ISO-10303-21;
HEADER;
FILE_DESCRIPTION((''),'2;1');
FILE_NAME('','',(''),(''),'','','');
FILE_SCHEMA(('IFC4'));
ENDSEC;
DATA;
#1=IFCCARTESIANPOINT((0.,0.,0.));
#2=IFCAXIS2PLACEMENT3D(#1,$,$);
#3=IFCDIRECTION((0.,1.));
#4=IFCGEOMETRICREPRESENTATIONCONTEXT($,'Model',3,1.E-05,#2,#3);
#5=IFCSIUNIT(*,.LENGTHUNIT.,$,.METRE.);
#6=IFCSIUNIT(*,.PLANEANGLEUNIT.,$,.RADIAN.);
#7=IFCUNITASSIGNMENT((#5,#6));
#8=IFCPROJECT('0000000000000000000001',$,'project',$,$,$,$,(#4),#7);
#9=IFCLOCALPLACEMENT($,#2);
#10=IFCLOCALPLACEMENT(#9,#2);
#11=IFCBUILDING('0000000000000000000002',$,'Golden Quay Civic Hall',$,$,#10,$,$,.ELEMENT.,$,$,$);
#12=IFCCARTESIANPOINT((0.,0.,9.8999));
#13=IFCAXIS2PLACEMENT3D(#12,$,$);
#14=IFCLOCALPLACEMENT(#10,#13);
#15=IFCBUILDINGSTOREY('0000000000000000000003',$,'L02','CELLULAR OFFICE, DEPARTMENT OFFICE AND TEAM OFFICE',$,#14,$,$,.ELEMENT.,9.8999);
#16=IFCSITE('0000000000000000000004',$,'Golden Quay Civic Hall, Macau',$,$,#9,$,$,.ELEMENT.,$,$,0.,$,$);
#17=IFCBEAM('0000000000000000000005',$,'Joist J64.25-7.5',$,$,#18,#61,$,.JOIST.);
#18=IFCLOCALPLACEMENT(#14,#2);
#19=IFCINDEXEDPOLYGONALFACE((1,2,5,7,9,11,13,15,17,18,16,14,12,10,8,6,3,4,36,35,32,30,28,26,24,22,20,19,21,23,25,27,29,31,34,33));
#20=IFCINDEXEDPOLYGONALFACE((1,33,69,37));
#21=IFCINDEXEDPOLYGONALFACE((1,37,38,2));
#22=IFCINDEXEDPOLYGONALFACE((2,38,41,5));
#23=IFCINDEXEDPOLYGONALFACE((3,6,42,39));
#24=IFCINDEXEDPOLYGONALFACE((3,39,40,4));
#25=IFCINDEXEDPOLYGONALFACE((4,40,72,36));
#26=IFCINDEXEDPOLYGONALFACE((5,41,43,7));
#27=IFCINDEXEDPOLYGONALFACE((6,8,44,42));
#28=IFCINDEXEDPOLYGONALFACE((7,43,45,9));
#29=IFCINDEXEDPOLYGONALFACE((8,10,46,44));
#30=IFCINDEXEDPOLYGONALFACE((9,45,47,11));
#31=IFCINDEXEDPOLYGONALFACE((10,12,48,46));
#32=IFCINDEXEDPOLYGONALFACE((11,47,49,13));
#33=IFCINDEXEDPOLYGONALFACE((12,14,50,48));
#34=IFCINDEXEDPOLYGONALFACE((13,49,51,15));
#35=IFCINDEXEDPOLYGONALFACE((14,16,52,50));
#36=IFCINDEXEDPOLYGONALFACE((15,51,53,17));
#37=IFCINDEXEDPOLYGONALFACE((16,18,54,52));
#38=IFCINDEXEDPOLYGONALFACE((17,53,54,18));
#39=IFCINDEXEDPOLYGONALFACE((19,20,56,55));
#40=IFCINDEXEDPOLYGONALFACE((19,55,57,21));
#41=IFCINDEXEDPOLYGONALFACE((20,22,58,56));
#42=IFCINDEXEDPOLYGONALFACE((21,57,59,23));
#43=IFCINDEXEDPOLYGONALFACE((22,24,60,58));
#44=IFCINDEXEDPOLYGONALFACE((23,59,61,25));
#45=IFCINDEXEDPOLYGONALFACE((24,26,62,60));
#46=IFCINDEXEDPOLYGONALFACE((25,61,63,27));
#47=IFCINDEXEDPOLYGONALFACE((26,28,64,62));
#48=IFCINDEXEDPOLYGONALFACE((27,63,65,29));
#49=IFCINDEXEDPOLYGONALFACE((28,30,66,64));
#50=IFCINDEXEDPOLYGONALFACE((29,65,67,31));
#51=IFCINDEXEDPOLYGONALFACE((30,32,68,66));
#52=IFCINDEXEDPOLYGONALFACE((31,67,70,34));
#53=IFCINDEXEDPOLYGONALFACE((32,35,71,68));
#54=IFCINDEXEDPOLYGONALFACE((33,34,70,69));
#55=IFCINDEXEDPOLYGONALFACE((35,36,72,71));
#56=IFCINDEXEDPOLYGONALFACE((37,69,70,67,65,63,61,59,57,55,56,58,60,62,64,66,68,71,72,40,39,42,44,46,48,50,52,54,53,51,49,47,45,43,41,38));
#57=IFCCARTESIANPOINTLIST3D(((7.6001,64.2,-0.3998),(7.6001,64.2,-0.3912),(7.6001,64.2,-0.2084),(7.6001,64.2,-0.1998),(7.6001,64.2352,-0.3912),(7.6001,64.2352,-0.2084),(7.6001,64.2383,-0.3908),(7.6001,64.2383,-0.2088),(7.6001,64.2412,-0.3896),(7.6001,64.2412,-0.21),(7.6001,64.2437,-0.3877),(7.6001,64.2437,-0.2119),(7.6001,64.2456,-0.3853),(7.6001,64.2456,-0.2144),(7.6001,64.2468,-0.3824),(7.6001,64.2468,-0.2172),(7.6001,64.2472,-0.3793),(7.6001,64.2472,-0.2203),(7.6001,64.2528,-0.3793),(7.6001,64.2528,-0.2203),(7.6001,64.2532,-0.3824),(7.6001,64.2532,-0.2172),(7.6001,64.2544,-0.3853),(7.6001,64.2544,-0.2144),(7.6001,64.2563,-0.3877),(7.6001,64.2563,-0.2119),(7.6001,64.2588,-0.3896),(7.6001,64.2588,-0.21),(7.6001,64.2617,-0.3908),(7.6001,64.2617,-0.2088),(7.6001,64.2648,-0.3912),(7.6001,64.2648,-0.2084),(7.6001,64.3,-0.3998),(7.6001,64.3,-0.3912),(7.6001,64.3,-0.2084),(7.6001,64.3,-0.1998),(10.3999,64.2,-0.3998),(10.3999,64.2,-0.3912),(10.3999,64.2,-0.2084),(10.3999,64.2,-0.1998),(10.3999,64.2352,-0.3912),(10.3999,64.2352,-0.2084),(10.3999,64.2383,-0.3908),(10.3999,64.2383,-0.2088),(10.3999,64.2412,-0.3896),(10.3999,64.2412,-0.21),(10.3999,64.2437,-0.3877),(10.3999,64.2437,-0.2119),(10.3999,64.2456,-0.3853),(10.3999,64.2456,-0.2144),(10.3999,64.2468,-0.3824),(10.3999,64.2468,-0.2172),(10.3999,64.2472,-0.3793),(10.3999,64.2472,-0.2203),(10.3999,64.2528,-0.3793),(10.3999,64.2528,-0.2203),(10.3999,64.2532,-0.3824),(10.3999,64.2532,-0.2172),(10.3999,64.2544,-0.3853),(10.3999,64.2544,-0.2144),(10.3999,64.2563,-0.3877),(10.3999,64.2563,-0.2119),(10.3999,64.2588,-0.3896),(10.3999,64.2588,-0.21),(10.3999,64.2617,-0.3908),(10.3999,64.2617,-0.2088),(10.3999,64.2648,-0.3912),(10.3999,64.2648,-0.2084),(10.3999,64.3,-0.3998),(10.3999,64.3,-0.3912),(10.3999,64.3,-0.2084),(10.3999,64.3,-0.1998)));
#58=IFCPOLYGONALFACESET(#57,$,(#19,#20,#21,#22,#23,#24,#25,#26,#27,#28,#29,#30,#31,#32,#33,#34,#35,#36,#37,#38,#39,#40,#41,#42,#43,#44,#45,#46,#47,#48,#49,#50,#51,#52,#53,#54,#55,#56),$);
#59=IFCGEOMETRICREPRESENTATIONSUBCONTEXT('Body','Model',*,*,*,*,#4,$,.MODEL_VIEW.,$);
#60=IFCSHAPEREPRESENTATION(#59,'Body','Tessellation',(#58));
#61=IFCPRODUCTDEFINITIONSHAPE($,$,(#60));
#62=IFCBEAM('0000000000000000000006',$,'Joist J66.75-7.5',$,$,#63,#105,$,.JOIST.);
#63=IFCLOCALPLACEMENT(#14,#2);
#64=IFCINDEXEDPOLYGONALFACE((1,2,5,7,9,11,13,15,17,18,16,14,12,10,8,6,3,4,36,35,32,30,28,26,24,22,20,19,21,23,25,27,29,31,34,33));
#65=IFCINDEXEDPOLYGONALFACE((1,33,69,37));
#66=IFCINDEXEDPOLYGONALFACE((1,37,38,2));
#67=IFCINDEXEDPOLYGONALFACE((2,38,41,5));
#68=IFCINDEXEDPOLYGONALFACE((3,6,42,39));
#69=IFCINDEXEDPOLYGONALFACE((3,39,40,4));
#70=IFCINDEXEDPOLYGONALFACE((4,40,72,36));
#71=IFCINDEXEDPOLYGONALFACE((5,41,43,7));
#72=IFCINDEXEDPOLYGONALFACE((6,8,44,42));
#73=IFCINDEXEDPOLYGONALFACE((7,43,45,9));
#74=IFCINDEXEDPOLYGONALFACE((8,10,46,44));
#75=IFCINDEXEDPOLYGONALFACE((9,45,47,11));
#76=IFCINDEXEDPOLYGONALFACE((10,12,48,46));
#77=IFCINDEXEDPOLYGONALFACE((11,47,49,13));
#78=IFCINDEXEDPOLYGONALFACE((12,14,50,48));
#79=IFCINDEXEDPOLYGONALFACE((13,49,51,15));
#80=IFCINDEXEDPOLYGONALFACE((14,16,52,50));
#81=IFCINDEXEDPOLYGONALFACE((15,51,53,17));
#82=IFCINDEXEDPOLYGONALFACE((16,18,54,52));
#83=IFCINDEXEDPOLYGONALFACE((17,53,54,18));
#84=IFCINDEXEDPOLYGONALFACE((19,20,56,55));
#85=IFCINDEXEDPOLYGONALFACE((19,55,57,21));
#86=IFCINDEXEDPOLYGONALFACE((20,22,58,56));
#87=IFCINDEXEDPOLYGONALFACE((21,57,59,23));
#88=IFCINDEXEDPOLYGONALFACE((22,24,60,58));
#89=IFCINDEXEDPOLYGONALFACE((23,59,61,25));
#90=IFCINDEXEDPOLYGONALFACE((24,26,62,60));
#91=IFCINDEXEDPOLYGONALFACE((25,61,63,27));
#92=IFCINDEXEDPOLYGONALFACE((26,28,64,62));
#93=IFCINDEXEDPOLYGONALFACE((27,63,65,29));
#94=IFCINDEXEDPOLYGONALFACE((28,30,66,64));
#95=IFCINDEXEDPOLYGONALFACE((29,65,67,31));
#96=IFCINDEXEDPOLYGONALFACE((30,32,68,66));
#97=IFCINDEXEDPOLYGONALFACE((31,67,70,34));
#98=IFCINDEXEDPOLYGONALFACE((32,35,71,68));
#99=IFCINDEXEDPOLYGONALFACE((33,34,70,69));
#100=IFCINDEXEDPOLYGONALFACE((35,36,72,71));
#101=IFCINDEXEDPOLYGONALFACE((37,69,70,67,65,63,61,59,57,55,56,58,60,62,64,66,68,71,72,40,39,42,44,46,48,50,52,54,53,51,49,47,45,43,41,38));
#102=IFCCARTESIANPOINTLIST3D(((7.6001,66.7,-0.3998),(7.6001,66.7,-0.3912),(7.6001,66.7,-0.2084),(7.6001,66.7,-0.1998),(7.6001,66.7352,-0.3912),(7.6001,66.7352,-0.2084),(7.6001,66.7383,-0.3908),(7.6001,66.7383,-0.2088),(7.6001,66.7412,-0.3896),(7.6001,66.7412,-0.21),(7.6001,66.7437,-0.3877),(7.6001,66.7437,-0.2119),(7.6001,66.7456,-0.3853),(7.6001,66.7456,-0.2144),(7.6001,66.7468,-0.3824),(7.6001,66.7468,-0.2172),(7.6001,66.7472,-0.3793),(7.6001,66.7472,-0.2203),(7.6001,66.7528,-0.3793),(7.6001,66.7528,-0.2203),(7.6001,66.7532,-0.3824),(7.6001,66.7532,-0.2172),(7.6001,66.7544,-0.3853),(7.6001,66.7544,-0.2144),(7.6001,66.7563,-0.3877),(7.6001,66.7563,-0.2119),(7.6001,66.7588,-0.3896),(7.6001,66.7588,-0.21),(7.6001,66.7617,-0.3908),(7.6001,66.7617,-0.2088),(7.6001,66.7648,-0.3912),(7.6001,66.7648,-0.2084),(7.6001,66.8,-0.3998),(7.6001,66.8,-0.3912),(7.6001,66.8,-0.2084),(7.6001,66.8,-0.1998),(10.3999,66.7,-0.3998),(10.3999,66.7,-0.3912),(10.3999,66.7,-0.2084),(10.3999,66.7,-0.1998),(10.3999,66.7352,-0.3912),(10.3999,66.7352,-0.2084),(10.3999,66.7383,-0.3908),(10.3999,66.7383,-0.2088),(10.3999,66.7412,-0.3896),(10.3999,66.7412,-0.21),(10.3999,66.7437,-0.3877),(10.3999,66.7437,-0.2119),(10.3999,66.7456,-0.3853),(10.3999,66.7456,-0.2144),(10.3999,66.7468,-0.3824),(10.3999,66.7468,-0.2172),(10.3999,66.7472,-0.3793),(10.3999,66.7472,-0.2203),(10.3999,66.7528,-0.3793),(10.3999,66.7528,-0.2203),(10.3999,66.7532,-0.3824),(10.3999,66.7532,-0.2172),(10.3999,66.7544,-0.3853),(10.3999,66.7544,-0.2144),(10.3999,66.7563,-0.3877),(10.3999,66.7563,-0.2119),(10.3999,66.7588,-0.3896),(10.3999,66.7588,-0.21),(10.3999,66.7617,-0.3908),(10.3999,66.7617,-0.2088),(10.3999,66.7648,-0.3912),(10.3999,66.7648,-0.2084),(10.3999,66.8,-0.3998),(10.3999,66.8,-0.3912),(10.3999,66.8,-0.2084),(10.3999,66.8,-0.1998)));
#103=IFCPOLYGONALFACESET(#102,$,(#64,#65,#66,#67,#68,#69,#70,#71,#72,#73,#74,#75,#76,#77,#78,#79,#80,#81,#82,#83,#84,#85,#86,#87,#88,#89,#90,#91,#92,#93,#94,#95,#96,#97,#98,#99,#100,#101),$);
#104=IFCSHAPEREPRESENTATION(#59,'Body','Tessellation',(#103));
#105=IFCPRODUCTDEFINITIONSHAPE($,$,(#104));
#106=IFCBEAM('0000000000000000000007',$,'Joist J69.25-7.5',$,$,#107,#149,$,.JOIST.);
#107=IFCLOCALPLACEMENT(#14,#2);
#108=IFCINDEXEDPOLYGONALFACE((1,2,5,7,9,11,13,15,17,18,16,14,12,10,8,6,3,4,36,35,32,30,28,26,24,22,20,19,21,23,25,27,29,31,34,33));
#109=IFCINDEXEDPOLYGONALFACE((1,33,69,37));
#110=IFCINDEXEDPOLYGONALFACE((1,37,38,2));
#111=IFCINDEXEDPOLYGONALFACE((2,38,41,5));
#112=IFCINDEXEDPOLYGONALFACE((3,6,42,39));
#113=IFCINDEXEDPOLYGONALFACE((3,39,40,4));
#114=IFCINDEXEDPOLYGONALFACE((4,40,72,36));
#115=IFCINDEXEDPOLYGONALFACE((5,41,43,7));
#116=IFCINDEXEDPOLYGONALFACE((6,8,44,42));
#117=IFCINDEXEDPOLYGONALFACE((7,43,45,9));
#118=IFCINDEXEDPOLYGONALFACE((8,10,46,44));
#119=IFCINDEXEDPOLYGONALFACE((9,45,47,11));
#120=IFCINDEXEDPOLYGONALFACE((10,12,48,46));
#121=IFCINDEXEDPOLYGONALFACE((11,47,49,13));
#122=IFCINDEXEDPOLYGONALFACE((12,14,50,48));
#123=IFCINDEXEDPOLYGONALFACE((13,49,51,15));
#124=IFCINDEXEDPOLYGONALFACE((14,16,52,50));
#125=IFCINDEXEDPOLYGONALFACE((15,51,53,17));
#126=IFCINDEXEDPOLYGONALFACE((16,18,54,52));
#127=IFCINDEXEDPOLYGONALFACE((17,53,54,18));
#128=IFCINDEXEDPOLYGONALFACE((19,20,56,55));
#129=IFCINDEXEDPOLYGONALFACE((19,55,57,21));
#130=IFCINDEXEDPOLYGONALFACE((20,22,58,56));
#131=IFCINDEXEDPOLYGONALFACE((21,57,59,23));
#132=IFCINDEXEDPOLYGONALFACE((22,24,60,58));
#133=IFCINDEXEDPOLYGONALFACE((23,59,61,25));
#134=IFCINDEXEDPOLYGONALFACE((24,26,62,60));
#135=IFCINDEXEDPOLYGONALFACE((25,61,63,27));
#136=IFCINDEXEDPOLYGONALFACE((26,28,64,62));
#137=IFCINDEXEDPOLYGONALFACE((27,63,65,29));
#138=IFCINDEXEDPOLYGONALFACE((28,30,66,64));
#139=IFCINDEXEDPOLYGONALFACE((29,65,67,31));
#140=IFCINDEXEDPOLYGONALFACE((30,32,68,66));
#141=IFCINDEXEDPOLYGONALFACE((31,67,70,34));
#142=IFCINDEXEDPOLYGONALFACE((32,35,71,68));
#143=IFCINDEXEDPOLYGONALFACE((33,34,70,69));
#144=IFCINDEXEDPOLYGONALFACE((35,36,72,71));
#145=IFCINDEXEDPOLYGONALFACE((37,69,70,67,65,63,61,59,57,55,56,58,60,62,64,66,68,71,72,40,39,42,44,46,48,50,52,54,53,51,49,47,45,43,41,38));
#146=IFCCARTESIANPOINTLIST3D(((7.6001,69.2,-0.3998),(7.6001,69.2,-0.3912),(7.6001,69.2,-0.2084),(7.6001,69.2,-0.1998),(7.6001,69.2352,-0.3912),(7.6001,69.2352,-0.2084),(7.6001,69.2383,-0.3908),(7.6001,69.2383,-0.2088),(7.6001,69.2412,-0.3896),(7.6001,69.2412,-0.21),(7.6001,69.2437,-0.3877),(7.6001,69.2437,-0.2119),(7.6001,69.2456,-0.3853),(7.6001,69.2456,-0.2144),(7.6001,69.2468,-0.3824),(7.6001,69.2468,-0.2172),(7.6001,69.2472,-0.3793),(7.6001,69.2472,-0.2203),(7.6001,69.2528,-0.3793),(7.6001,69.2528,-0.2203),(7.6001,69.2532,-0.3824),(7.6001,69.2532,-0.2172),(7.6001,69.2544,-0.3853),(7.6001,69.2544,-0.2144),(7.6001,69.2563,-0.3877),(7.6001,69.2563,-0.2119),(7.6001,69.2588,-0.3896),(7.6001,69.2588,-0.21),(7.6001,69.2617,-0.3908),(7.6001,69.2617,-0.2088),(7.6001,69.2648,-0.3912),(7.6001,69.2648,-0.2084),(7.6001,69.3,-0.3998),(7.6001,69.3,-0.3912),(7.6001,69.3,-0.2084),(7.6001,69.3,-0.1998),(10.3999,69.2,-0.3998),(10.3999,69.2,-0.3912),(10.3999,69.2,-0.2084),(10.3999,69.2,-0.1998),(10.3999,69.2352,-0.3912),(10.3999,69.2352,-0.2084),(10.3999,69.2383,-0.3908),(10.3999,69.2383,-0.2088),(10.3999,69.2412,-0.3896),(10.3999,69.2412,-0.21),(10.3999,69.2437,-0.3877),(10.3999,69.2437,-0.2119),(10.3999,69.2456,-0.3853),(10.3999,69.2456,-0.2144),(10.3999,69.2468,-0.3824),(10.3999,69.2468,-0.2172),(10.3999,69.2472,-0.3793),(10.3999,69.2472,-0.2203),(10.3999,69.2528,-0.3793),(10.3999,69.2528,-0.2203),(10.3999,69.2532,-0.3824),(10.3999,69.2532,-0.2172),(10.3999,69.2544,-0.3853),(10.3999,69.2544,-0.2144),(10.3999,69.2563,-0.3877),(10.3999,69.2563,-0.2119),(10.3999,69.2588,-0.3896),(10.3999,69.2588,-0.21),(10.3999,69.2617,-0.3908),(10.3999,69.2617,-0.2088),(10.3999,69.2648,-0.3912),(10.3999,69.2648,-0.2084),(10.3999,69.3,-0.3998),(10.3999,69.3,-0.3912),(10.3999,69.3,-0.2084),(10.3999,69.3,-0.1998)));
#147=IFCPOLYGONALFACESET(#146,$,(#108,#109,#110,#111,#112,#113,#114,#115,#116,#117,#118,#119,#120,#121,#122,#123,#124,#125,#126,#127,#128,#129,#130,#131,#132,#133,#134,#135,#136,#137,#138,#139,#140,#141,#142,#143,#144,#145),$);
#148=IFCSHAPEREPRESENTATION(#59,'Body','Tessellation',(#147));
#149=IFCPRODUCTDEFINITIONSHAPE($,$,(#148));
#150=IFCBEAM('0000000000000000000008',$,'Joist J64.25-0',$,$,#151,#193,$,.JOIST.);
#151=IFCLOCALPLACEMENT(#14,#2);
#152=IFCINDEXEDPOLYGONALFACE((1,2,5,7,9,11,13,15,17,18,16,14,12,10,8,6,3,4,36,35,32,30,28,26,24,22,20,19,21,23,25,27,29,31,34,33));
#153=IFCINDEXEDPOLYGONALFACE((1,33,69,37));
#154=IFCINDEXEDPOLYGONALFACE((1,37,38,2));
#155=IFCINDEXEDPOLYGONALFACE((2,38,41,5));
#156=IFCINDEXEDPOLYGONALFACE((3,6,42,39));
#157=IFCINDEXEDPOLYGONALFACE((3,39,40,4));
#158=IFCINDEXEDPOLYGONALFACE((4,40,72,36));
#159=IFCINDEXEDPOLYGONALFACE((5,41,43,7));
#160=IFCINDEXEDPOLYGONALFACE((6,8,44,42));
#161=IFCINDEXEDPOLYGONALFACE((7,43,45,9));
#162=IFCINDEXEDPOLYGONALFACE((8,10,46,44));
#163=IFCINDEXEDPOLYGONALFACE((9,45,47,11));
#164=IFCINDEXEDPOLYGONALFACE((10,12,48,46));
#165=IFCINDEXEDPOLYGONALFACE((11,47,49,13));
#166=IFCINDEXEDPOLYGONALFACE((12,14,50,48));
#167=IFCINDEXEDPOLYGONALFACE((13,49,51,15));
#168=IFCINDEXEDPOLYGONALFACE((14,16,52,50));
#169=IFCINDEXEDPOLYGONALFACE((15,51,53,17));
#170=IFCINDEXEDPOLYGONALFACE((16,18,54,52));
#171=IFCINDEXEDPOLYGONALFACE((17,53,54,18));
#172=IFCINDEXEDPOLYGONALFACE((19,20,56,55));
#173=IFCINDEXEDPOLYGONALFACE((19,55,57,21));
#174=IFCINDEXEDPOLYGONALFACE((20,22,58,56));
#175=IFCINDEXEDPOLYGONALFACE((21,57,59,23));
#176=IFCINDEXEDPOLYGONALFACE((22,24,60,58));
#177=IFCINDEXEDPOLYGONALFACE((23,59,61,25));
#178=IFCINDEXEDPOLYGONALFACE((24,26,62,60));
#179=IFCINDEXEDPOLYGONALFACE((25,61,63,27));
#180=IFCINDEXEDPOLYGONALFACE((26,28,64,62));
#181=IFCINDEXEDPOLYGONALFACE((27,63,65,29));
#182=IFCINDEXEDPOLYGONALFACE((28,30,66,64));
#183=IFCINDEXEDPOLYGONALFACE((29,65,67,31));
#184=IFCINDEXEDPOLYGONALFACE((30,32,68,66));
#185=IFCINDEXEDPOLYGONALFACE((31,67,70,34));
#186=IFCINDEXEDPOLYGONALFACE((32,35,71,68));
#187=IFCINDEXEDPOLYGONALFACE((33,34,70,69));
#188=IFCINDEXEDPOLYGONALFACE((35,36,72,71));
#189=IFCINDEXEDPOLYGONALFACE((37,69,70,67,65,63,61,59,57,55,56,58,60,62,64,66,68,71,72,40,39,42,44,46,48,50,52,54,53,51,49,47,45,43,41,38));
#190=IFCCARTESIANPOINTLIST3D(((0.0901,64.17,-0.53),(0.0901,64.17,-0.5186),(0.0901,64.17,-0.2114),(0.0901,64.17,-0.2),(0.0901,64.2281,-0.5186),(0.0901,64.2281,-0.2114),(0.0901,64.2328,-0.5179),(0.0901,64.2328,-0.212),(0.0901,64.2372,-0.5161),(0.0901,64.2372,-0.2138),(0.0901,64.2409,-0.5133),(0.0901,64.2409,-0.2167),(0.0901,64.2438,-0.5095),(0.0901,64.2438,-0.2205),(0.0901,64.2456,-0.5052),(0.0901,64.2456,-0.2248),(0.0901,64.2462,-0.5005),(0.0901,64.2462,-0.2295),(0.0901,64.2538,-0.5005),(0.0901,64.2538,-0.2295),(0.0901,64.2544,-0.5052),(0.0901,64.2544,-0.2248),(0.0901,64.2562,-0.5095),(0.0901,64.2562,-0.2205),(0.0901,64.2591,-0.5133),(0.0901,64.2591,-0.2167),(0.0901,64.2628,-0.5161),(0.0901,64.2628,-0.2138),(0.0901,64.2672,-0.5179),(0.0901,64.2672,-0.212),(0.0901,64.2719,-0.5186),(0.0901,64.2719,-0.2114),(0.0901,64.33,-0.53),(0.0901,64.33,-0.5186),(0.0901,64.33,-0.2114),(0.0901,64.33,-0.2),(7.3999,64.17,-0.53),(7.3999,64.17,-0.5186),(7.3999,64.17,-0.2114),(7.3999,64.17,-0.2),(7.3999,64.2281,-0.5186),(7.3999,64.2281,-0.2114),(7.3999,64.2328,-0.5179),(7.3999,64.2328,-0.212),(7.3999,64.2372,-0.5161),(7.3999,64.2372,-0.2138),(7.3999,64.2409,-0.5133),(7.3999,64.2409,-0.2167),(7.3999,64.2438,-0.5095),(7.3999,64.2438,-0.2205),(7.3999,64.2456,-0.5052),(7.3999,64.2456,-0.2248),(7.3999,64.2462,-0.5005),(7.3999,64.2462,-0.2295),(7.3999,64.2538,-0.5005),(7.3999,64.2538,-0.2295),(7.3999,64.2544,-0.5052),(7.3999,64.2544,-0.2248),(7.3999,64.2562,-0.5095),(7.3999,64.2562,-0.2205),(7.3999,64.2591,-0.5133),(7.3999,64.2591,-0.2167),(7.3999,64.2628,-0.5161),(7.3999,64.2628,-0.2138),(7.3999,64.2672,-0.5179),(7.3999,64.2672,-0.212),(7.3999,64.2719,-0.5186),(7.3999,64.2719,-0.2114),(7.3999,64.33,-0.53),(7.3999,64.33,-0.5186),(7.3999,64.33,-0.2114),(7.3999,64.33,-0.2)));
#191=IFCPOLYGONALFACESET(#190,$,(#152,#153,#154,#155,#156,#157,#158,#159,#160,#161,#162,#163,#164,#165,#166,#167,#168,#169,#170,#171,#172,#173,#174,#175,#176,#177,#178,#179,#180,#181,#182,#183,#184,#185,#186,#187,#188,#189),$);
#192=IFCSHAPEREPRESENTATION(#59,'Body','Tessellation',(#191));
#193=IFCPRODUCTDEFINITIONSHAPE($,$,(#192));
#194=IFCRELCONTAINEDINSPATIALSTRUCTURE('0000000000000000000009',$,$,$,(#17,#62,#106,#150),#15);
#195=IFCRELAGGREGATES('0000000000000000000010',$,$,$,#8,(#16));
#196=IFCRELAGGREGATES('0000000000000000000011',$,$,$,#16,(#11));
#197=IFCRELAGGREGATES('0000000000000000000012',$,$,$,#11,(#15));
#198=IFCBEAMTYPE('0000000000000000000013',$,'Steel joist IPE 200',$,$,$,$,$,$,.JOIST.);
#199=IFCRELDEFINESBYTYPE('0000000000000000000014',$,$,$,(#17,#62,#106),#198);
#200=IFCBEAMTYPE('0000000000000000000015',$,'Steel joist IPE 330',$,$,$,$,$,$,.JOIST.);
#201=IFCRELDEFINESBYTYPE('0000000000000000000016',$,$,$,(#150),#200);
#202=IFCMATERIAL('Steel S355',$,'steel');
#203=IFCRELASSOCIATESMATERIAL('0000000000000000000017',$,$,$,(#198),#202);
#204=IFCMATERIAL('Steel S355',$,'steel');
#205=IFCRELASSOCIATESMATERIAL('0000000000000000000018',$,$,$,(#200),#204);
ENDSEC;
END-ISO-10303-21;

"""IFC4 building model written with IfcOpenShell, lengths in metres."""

from ifc_helpers import new_model, si_unit, direction, frame, origin, origin_2d, place, context, subcontext, project, spatial, i_section, extrude, material, material_profile, profile_set, type_object, element, save


model = new_model("IFC4")

# Units and contexts
model_context = context("Model", 3, precision=1e-05, world=origin(), true_north=direction((0.0, 1.0)))
body_context = subcontext(model_context, "Body", "Model", "MODEL_VIEW")
ifc_project = project(units=[si_unit("LENGTHUNIT", "METRE"), si_unit("PLANEANGLEUNIT", "RADIAN")], contexts=[model_context])

# Site, building, storey
site_placement = place(None, origin())
site = spatial("IfcSite", under=ifc_project, at=site_placement, Name="Golden Quay Civic Hall, Macau", CompositionType="ELEMENT", RefElevation=0.0)
building_placement = place(site_placement, origin())
building = spatial("IfcBuilding", under=site, at=building_placement, Name="Golden Quay Civic Hall", CompositionType="ELEMENT")
storey_placement = place(building_placement, frame((0.0, 0.0, 9.8999)))
storey = spatial("IfcBuildingStorey", under=building, at=storey_placement, Name="L02", Description="CELLULAR OFFICE, DEPARTMENT OFFICE AND TEAM OFFICE", CompositionType="ELEMENT", Elevation=9.8999)

# Beams
ifc_material_1 = material(Name="Steel S355", Category="steel")
ifc_material_profile_1 = material_profile(ifc_material_1, i_section(OverallWidth=0.1001, OverallDepth=0.2, WebThickness=0.0056, FlangeThickness=0.0085, FilletRadius=0.012, at=origin_2d()), Name="IPE 200")
ifc_profile_set_1 = profile_set([ifc_material_profile_1], Name="Steel S355")
beam_type_1 = type_object("IfcBeamType", Name="Steel joist IPE 200", PredefinedType="JOIST", material=ifc_profile_set_1)
for number, where, z_axis, x_axis, name in (
    (1, (7.6001, 64.25, -0.2998), (1.0, 0.0, 0.0), (0.0, 1.0, 0.0), "Joist J64.25-7.5"),
    (2, (7.6001, 66.75, -0.2998), (1.0, 0.0, 0.0), (0.0, 1.0, 0.0), "Joist J66.75-7.5"),
    (3, (7.6001, 69.25, -0.2998), (1.0, 0.0, 0.0), (0.0, 1.0, 0.0), "Joist J69.25-7.5"),
):
    element("IfcBeam", number, at=place(storey_placement, frame(where, z_axis=z_axis, x_axis=x_axis)), inside=storey, type_object=beam_type_1, Name=name, PredefinedType="JOIST", context=body_context, shape_type="SweptSolid", body=[
        extrude(i_section(OverallWidth=0.1001, OverallDepth=0.2, WebThickness=0.0056, FlangeThickness=0.0085, FilletRadius=0.012, at=origin_2d()), origin(), (0.0, 0.0, 1.0), 2.7998),
    ])
ifc_material_2 = material(Name="Steel S355", Category="steel")
ifc_material_profile_2 = material_profile(ifc_material_2, i_section(OverallWidth=0.1599, OverallDepth=0.3301, WebThickness=0.0076, FlangeThickness=0.0115, FilletRadius=0.0181, at=origin_2d()), Name="IPE 330")
ifc_profile_set_2 = profile_set([ifc_material_profile_2], Name="Steel S355")
beam_type_2 = type_object("IfcBeamType", Name="Steel joist IPE 330", PredefinedType="JOIST", material=ifc_profile_set_2)
for number, where, z_axis, x_axis, name in (
    (4, (0.0901, 64.25, -0.365), (1.0, 0.0, 0.0), (0.0, 1.0, 0.0), "Joist J64.25-0"),
):
    element("IfcBeam", number, at=place(storey_placement, frame(where, z_axis=z_axis, x_axis=x_axis)), inside=storey, type_object=beam_type_2, Name=name, PredefinedType="JOIST", context=body_context, shape_type="SweptSolid", body=[
        extrude(i_section(OverallWidth=0.1599, OverallDepth=0.3301, WebThickness=0.0076, FlangeThickness=0.0115, FilletRadius=0.0181, at=origin_2d()), origin(), (0.0, 0.0, 1.0), 7.3098),
    ])

save(model, "model.ifc")
